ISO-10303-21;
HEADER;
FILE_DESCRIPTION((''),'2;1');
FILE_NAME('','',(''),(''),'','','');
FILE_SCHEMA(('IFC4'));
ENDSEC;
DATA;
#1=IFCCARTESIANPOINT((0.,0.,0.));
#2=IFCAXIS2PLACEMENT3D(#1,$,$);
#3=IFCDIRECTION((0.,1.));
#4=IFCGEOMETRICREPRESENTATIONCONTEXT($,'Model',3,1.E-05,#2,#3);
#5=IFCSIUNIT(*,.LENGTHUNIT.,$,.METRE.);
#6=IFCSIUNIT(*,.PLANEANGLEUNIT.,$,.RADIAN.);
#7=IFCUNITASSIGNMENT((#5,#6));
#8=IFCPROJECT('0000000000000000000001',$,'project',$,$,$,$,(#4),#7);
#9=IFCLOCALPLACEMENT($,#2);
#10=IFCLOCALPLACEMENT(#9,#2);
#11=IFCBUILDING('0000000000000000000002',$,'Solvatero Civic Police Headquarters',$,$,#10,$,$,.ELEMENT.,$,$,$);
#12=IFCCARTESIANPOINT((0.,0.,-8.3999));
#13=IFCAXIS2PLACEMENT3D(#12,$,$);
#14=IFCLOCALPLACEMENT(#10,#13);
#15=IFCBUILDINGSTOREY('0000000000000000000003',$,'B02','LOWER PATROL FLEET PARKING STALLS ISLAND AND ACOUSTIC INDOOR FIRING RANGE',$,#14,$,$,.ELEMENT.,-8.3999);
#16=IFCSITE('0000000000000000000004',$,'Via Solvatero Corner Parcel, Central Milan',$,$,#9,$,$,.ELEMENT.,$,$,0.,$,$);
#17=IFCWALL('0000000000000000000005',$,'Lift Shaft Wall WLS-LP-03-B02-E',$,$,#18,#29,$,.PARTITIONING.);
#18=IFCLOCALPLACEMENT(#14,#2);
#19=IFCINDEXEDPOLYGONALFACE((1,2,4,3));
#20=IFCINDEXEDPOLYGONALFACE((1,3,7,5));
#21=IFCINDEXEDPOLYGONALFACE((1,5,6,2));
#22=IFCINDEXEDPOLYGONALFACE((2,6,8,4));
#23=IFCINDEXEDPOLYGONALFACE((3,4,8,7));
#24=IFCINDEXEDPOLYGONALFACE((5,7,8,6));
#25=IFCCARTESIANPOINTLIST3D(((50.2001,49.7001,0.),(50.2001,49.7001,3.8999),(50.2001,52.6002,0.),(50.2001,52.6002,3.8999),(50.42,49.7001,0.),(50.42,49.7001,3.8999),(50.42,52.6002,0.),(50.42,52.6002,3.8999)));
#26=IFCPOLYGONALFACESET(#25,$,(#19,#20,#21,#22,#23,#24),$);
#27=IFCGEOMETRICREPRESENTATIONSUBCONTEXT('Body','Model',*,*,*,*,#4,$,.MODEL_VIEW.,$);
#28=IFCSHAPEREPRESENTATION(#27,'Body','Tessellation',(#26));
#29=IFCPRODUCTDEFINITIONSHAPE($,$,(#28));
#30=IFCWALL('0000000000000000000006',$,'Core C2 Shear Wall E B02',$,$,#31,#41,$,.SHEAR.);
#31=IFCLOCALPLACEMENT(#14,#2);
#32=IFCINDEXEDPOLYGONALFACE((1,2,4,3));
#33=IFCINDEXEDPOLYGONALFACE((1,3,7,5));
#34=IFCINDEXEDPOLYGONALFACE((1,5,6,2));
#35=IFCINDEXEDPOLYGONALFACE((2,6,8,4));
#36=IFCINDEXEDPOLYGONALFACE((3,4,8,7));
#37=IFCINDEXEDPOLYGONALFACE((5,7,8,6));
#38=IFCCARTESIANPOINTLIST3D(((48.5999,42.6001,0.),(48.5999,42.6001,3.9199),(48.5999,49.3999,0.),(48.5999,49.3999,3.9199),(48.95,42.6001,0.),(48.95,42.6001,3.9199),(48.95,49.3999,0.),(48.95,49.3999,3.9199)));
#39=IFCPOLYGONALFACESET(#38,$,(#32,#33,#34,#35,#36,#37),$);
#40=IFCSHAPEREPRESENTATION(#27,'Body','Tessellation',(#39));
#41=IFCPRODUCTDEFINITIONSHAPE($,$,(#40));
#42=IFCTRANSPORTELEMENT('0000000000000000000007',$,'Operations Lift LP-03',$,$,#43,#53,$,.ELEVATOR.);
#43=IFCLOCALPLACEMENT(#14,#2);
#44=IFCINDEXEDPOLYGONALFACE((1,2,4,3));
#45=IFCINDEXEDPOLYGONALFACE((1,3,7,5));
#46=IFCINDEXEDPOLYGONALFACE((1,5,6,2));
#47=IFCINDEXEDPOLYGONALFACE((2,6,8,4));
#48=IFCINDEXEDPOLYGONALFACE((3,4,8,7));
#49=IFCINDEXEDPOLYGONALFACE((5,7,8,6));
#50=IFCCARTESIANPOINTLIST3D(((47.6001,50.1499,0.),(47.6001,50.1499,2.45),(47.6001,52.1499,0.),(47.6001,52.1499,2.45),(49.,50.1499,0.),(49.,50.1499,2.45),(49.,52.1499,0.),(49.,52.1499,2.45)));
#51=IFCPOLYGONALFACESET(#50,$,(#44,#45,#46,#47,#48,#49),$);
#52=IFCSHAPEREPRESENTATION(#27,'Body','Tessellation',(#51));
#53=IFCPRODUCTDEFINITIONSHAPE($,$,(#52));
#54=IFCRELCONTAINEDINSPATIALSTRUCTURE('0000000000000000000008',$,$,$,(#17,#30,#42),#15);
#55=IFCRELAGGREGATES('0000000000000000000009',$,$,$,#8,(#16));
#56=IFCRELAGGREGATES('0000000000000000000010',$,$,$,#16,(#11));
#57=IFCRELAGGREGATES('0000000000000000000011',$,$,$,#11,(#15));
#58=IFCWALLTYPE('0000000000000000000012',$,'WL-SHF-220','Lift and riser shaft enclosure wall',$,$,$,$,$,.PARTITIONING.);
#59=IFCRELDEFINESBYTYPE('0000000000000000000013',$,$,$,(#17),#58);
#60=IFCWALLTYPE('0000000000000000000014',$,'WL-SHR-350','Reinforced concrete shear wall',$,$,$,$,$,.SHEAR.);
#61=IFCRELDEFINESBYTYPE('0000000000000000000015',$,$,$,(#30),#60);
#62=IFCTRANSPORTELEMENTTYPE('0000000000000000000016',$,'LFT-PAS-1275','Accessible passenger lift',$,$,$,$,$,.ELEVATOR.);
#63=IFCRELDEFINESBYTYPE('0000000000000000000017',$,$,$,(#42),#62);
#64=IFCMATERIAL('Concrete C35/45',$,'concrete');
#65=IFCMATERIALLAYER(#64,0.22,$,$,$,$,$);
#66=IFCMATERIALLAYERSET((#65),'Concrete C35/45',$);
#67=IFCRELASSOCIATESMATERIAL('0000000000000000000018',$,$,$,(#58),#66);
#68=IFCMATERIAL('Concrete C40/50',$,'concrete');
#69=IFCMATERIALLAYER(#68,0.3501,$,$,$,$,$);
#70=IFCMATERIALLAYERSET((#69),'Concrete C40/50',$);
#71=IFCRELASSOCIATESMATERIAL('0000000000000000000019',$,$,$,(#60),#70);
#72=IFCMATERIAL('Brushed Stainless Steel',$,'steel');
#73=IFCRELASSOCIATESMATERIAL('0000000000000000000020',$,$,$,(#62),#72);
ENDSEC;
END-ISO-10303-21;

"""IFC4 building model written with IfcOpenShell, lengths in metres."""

from ifc_helpers import new_model, si_unit, direction, frame, frame_2d, origin, origin_2d, place, context, subcontext, project, spatial, rectangle, extrude, material, layer, layer_set, type_object, element, save


model = new_model("IFC4")

# Units and contexts
model_context = context("Model", 3, precision=1e-05, world=origin(), true_north=direction((0.0, 1.0)))
body_context = subcontext(model_context, "Body", "Model", "MODEL_VIEW")
ifc_project = project(units=[si_unit("LENGTHUNIT", "METRE"), si_unit("PLANEANGLEUNIT", "RADIAN")], contexts=[model_context])

# Site, building, storey
site_placement = place(None, origin())
site = spatial("IfcSite", under=ifc_project, at=site_placement, Name="Via Solvatero Corner Parcel, Central Milan", CompositionType="ELEMENT", RefElevation=0.0)
building_placement = place(site_placement, origin())
building = spatial("IfcBuilding", under=site, at=building_placement, Name="Solvatero Civic Police Headquarters", CompositionType="ELEMENT")
storey_placement = place(building_placement, frame((0.0, 0.0, -8.3999)))
storey = spatial("IfcBuildingStorey", under=building, at=storey_placement, Name="B02", Description="LOWER PATROL FLEET PARKING STALLS ISLAND AND ACOUSTIC INDOOR FIRING RANGE", CompositionType="ELEMENT", Elevation=-8.3999)

# Shared definitions
ifc_material_1 = material(Name="Concrete C35/45", Category="concrete")

# Shared definitions
ifc_material_2 = material(Name="Concrete C40/50", Category="concrete")

# Walls
ifc_layer_1 = layer(ifc_material_1, 0.22)
ifc_layer_set_1 = layer_set([ifc_layer_1], Name="Concrete C35/45")
wall_type_1 = type_object("IfcWallType", Name="WL-SHF-220", Description="Lift and riser shaft enclosure wall", PredefinedType="PARTITIONING", material=ifc_layer_set_1)
wall_1_placement = place(storey_placement, frame((50.3101, 49.7, 0.0), z_axis=(0.0, 0.0, 1.0), x_axis=(0.0, 1.0, 0.0)))
element("IfcWall", 1, at=wall_1_placement, inside=storey, type_object=wall_type_1, Name="Lift Shaft Wall WLS-LP-03-B02-E", PredefinedType="PARTITIONING", context=body_context, shape_type="SweptSolid", body=[
    extrude(rectangle(XDim=2.9001, YDim=0.22, at=frame_2d((1.4502, 0.0))), origin(), (0.0, 0.0, 1.0), 3.8999),
])
ifc_layer_2 = layer(ifc_material_2, 0.3501)
ifc_layer_set_2 = layer_set([ifc_layer_2], Name="Concrete C40/50")
wall_type_2 = type_object("IfcWallType", Name="WL-SHR-350", Description="Reinforced concrete shear wall", PredefinedType="SHEAR", material=ifc_layer_set_2)
wall_2_placement = place(storey_placement, frame((48.7749, 42.6001, 0.0), z_axis=(0.0, 0.0, 1.0), x_axis=(0.0, 1.0, 0.0)))
element("IfcWall", 2, at=wall_2_placement, inside=storey, type_object=wall_type_2, Name="Core C2 Shear Wall E B02", PredefinedType="SHEAR", context=body_context, shape_type="SweptSolid", body=[
    extrude(rectangle(XDim=6.7998, YDim=0.3501, at=frame_2d((3.3999, 0.0))), origin(), (0.0, 0.0, 1.0), 3.9199),
])

# Transport element
ifc_material_3 = material(Name="Brushed Stainless Steel", Category="steel")
transport_element_type = type_object("IfcTransportElementType", Name="LFT-PAS-1275", Description="Accessible passenger lift", PredefinedType="ELEVATOR", material=ifc_material_3)
transport_element_placement = place(storey_placement, frame((48.3, 51.1499, 0.0), z_axis=(0.0, 0.0, 1.0), x_axis=(1.0, 0.0, 0.0)))
element("IfcTransportElement", 3, at=transport_element_placement, inside=storey, type_object=transport_element_type, Name="Operations Lift LP-03", PredefinedType="ELEVATOR", context=body_context, shape_type="SweptSolid", body=[
    extrude(rectangle(XDim=1.3999, YDim=2.0, at=origin_2d()), origin(), (0.0, 0.0, 1.0), 2.45),
])

save(model, "model.ifc")
